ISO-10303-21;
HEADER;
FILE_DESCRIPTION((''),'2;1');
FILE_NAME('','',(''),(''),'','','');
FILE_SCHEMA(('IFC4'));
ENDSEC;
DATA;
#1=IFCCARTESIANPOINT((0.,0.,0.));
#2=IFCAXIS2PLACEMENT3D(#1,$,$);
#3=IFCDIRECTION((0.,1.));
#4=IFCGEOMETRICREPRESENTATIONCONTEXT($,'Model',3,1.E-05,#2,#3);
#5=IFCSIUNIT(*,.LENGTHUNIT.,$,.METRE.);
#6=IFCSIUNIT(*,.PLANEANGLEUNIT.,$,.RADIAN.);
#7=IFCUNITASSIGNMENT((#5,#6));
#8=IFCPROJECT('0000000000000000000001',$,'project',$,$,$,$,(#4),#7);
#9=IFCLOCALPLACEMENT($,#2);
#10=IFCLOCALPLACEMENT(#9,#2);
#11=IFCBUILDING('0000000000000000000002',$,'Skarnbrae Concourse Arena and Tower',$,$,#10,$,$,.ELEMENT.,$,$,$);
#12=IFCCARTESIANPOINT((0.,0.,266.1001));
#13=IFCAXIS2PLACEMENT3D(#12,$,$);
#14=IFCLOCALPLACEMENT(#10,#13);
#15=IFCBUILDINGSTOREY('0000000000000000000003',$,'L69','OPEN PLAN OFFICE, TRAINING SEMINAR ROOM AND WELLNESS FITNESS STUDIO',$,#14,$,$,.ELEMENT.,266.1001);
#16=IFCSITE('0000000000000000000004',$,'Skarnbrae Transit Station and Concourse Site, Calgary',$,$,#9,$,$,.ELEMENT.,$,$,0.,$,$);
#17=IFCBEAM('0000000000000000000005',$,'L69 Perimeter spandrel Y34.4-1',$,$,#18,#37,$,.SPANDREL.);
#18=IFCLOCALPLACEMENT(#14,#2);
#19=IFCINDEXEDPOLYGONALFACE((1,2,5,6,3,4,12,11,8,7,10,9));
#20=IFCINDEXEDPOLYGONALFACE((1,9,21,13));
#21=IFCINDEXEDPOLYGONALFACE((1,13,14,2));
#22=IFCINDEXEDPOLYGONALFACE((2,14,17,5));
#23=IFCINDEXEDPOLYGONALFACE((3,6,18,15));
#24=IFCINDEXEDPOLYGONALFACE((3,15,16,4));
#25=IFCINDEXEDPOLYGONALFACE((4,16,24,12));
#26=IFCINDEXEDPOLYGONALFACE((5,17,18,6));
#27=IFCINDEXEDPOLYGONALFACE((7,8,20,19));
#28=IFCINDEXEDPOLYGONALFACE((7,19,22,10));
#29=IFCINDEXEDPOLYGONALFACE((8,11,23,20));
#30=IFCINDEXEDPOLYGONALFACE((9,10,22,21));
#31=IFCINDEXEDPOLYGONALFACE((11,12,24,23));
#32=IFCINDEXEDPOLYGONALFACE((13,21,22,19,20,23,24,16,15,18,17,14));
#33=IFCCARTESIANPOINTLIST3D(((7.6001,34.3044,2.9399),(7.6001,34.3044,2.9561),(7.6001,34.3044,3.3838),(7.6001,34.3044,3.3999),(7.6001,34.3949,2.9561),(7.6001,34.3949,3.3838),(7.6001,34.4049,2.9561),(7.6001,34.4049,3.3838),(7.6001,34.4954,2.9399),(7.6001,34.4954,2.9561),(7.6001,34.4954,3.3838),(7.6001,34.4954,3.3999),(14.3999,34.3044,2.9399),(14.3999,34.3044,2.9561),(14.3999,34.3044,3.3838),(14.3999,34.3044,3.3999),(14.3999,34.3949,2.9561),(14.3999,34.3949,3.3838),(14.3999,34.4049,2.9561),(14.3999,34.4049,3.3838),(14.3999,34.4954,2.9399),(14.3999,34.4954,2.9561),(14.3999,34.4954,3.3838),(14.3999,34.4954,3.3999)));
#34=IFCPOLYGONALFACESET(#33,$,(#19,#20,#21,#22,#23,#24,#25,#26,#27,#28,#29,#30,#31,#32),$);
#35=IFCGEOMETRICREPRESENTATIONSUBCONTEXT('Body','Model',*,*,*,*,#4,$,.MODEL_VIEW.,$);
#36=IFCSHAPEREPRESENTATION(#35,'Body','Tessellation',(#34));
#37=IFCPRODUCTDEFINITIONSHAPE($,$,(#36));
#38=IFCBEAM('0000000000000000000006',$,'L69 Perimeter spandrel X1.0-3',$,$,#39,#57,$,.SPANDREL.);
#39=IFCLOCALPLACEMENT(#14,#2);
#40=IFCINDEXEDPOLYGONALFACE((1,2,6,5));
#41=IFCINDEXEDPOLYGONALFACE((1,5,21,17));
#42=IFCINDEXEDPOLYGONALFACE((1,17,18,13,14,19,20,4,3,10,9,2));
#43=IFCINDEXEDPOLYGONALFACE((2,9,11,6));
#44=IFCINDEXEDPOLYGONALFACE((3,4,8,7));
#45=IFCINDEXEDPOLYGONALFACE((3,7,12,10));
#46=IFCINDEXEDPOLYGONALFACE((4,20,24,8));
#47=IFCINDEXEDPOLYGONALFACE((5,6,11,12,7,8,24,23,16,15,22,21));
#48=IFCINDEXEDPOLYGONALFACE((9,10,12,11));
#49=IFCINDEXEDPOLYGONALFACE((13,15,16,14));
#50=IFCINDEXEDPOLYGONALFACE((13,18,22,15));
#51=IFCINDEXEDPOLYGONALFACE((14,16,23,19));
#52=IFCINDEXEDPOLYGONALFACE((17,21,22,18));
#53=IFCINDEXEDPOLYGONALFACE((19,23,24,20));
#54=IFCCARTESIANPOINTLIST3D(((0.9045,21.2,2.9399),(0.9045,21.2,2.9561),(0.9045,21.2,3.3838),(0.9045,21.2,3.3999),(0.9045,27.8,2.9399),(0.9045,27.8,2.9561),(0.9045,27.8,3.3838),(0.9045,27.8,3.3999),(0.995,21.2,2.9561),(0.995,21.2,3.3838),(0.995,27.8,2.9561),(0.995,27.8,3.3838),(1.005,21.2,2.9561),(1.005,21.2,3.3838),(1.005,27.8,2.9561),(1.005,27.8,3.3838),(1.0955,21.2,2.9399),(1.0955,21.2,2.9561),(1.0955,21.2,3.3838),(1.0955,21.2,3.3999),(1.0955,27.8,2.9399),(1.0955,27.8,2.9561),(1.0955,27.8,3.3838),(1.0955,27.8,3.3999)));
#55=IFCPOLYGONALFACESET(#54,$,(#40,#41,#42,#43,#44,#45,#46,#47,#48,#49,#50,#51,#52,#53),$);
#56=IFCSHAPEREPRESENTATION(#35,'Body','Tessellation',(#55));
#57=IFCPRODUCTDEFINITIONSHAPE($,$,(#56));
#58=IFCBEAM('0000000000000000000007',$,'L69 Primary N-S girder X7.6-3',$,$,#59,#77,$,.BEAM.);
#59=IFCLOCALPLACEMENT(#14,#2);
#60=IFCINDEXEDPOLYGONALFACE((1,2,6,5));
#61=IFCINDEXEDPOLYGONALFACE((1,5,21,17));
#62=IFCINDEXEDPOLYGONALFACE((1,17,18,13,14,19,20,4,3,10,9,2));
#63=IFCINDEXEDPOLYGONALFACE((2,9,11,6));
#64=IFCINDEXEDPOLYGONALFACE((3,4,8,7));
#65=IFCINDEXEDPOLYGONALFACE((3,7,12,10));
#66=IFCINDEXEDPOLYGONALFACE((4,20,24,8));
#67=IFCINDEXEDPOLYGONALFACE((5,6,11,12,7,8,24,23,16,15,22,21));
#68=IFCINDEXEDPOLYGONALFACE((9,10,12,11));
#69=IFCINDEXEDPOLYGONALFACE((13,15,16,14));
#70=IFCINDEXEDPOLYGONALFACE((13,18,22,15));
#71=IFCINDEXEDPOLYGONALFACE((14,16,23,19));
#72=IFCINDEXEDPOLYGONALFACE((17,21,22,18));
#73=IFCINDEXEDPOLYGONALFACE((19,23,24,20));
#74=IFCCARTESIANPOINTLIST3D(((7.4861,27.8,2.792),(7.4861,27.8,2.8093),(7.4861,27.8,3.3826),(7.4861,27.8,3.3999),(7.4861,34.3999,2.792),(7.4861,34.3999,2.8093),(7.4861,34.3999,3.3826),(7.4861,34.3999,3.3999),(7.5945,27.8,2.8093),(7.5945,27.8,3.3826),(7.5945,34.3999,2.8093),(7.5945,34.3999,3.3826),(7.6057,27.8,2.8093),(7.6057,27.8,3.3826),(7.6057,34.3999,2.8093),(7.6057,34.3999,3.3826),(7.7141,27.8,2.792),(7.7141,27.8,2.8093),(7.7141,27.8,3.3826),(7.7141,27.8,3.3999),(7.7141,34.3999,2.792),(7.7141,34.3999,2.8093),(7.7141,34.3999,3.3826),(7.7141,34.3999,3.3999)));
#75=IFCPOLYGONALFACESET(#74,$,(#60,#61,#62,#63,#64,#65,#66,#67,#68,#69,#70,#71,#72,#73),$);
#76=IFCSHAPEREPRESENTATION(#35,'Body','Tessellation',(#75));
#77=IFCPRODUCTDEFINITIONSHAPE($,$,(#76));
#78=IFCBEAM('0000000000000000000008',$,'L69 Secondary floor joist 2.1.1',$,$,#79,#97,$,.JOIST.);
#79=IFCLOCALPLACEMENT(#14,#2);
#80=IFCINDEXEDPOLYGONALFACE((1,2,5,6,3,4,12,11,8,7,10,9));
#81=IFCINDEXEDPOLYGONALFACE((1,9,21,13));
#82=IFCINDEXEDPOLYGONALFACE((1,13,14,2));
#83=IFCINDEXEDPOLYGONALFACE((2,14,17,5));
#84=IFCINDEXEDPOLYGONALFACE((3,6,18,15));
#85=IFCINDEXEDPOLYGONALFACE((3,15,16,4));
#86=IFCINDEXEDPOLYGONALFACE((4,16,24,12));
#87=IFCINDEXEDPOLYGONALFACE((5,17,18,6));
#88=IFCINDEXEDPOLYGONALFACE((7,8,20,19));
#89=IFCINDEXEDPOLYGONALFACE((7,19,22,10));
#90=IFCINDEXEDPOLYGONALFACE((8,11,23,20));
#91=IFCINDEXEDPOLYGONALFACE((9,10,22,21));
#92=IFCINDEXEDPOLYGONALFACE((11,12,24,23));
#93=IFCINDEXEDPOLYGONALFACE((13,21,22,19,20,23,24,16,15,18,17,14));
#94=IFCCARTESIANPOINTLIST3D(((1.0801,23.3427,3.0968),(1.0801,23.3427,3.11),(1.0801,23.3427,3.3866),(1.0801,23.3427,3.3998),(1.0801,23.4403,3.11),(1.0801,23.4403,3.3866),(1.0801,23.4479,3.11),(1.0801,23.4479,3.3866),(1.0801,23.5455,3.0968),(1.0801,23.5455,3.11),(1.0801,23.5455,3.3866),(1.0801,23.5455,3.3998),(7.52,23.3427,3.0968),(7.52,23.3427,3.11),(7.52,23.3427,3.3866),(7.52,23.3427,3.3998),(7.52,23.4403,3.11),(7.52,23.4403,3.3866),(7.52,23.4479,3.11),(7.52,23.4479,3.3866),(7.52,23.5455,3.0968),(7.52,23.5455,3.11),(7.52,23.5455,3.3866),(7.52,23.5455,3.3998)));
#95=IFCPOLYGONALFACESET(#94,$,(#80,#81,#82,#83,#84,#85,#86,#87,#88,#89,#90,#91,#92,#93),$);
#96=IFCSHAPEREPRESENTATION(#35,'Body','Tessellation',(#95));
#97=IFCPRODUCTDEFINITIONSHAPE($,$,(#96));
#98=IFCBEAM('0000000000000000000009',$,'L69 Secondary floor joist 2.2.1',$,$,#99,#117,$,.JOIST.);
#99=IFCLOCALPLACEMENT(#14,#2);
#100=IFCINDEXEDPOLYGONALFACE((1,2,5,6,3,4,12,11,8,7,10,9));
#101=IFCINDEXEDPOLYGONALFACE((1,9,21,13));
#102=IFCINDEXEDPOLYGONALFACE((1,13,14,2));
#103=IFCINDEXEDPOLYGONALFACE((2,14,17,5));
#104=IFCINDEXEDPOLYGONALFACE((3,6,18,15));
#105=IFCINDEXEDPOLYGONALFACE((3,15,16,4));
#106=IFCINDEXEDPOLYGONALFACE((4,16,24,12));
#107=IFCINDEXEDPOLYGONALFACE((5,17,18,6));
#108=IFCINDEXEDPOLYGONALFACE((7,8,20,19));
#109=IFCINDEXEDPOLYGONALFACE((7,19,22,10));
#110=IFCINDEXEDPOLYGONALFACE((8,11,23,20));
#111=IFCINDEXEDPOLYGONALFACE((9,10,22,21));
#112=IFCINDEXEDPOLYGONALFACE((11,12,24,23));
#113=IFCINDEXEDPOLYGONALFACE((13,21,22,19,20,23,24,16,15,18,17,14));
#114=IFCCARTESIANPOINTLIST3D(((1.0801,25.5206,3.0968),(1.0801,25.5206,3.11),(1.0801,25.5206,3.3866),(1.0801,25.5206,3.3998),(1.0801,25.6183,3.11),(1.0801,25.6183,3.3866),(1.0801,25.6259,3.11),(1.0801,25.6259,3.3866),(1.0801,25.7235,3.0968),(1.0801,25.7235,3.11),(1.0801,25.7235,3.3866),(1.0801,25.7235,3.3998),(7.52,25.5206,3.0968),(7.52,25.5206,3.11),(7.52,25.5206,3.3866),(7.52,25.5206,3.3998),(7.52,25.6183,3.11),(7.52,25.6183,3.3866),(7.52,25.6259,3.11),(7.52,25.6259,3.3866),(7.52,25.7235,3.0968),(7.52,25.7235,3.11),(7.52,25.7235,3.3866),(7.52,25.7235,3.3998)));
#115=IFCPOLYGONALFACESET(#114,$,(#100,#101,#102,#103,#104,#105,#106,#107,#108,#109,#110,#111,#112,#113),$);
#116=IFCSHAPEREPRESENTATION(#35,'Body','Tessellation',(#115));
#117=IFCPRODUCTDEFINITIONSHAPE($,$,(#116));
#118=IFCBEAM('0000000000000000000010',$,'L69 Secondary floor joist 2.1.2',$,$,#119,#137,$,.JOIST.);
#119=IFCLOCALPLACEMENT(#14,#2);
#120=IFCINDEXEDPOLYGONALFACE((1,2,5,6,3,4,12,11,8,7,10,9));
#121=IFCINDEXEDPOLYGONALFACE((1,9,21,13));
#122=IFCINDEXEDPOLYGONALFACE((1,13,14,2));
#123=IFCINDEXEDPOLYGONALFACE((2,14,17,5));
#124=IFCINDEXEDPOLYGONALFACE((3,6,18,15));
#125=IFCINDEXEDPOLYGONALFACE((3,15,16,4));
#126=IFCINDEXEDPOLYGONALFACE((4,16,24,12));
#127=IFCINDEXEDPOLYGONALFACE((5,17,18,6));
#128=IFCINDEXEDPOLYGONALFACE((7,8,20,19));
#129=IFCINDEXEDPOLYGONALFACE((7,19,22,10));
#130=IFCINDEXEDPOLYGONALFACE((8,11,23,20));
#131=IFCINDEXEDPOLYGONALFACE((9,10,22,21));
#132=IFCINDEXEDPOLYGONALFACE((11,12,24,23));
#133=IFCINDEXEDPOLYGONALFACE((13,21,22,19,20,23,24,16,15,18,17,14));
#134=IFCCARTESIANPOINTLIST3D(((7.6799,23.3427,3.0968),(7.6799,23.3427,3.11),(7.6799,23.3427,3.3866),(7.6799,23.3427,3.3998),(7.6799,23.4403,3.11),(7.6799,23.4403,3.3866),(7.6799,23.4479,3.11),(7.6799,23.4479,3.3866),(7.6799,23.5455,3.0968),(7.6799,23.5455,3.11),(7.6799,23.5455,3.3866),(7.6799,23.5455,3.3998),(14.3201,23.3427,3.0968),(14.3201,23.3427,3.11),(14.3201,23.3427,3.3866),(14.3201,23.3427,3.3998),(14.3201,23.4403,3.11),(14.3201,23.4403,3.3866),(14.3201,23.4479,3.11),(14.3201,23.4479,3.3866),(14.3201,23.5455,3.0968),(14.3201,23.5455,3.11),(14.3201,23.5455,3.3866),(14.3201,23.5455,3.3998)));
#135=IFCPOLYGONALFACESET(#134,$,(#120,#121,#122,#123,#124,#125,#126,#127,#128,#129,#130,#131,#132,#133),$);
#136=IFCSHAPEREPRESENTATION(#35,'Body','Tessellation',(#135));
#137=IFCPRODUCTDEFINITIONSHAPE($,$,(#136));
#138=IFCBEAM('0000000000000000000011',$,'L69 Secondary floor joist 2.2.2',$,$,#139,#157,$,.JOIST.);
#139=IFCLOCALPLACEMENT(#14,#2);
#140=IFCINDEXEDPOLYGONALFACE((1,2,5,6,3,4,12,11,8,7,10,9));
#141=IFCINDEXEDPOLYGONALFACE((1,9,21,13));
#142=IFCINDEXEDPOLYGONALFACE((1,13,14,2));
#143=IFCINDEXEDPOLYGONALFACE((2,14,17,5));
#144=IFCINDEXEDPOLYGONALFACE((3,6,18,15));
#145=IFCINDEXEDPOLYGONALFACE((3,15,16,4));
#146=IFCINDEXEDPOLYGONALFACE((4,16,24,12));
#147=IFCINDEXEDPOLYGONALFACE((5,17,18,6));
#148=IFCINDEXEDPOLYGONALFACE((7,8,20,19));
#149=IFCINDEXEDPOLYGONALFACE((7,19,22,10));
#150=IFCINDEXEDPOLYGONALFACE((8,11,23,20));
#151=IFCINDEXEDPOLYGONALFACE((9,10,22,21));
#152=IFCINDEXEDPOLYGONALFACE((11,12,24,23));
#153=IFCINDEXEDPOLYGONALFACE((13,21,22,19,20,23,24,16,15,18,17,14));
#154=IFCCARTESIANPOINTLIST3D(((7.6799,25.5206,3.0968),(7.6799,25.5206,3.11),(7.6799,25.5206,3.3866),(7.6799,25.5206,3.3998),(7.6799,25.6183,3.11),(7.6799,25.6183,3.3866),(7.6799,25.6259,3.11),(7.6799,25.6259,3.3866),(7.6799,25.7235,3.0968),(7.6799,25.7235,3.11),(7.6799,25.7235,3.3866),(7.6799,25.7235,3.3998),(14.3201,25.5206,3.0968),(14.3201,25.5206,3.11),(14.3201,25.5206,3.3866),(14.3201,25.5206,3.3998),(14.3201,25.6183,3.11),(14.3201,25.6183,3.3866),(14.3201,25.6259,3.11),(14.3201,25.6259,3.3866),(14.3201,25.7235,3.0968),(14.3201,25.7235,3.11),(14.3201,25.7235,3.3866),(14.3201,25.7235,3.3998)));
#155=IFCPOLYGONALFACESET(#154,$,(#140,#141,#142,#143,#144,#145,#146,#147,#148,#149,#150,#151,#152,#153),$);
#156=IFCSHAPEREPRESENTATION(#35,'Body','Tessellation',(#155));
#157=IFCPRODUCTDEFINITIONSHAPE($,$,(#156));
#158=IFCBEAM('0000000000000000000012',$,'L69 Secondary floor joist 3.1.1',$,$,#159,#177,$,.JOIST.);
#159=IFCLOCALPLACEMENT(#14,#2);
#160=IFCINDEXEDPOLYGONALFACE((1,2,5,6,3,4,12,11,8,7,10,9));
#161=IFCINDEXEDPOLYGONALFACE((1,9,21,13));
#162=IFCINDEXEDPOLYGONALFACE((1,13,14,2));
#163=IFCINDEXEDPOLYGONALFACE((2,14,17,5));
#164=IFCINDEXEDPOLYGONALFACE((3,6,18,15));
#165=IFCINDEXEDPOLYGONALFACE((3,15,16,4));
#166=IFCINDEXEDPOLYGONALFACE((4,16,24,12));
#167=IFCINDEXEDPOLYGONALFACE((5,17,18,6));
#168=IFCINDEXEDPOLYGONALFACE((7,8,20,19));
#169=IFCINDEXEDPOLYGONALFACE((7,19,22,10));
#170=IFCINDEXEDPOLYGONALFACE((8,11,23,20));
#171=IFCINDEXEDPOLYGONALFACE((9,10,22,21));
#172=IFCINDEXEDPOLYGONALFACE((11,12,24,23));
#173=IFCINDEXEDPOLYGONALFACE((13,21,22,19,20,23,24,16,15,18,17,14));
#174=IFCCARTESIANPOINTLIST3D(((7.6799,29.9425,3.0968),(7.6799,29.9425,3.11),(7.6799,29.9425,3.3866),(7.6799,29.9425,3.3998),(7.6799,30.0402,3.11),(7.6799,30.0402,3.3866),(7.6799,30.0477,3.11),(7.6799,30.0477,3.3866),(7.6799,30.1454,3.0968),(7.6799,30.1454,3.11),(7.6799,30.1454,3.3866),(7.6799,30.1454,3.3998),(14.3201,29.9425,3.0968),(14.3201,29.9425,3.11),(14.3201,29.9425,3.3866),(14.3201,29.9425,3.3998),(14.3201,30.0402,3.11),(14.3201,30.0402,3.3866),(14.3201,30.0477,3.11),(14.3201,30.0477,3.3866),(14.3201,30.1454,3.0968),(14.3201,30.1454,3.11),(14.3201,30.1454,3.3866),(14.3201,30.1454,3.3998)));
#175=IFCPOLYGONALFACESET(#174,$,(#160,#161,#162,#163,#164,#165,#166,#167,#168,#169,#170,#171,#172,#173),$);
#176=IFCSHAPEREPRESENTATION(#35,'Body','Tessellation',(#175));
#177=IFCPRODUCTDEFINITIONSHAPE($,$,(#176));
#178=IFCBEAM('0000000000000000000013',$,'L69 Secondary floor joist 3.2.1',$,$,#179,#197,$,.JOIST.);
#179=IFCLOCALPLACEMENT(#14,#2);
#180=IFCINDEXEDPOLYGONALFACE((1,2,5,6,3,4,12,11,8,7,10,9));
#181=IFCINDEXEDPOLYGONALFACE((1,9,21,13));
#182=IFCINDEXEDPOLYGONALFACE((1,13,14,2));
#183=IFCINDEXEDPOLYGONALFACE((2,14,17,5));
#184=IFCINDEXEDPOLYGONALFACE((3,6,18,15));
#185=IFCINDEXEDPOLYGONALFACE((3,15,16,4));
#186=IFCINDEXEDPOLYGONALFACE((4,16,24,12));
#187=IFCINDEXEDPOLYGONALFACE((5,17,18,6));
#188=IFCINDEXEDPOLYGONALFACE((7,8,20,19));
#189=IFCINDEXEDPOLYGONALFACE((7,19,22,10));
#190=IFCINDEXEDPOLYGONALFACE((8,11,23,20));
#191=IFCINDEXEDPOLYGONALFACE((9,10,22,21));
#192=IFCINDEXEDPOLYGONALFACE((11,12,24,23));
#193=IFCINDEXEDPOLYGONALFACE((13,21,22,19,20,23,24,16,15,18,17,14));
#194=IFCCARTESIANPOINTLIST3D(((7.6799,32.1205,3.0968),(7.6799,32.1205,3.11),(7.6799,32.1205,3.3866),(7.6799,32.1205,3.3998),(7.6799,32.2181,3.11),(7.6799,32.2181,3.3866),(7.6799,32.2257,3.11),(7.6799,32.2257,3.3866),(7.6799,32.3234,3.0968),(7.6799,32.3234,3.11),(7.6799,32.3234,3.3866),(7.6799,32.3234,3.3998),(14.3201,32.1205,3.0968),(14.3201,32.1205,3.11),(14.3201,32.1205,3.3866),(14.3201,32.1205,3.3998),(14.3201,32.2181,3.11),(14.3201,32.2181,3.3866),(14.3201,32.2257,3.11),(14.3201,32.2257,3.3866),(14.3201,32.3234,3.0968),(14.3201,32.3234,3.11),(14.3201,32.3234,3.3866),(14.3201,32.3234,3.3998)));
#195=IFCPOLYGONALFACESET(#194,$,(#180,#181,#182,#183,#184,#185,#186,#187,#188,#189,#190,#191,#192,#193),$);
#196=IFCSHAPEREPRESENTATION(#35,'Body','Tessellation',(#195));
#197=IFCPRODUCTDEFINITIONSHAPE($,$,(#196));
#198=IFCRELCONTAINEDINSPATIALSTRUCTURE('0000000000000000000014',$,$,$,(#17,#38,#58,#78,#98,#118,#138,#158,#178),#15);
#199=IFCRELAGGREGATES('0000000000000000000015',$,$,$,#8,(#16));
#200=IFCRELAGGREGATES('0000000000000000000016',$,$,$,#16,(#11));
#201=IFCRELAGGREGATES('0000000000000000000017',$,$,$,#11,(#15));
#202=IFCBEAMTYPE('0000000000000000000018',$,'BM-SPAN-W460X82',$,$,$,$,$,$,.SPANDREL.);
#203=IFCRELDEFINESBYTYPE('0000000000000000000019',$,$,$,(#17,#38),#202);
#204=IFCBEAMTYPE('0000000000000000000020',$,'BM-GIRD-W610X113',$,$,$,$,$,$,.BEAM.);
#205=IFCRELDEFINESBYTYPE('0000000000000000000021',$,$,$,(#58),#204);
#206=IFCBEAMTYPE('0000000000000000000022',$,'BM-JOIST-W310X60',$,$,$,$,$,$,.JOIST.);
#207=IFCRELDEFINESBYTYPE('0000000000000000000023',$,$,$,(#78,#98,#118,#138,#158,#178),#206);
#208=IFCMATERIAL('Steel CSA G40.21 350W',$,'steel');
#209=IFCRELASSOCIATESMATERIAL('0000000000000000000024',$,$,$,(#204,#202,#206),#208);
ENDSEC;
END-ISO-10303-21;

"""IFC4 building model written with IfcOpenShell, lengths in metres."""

from ifc_helpers import new_model, si_unit, direction, frame, origin, origin_2d, place, context, subcontext, project, spatial, i_section, extrude, source, transform, mapped, material, material_profile, profile_set, type_object, element, save


model = new_model("IFC4")

# Units and contexts
model_context = context("Model", 3, precision=1e-05, world=origin(), true_north=direction((0.0, 1.0)))
body_context = subcontext(model_context, "Body", "Model", "MODEL_VIEW")
ifc_project = project(units=[si_unit("LENGTHUNIT", "METRE"), si_unit("PLANEANGLEUNIT", "RADIAN")], contexts=[model_context])

# Site, building, storey
site_placement = place(None, origin())
site = spatial("IfcSite", under=ifc_project, at=site_placement, Name="Skarnbrae Transit Station and Concourse Site, Calgary", CompositionType="ELEMENT", RefElevation=0.0)
building_placement = place(site_placement, origin())
building = spatial("IfcBuilding", under=site, at=building_placement, Name="Skarnbrae Concourse Arena and Tower", CompositionType="ELEMENT")
storey_placement = place(building_placement, frame((0.0, 0.0, 266.1001)))
storey = spatial("IfcBuildingStorey", under=building, at=storey_placement, Name="L69", Description="OPEN PLAN OFFICE, TRAINING SEMINAR ROOM AND WELLNESS FITNESS STUDIO", CompositionType="ELEMENT", Elevation=266.1001)

# Shared definitions
ifc_material_1 = material(Name="Steel CSA G40.21 350W", Category="steel")

# Beams
ifc_material_profile_1 = material_profile(ifc_material_1, i_section(OverallWidth=0.228, OverallDepth=0.6079, WebThickness=0.0112, FlangeThickness=0.0173, at=origin_2d()), Name="W610X113")
ifc_profile_set_1 = profile_set([ifc_material_profile_1], Name="Steel CSA G40.21 350W")
beam_type_1 = type_object("IfcBeamType", Name="BM-GIRD-W610X113", PredefinedType="BEAM", material=ifc_profile_set_1)
ifc_material_profile_2 = material_profile(ifc_material_1, i_section(OverallWidth=0.1909, OverallDepth=0.46, WebThickness=0.01, FlangeThickness=0.0161, at=origin_2d()), Name="W460X82")
ifc_profile_set_2 = profile_set([ifc_material_profile_2], Name="Steel CSA G40.21 350W")
beam_type_2 = type_object("IfcBeamType", Name="BM-SPAN-W460X82", PredefinedType="SPANDREL", material=ifc_profile_set_2)
shared_shape_1 = source(origin(), body_context, "Body", "SweptSolid", [
    extrude(i_section(OverallWidth=0.1909, OverallDepth=0.46, WebThickness=0.01, FlangeThickness=0.0161, at=origin_2d()), origin(), (0.0, 0.0, 1.0), 6.7998),
])
beam_1_placement = place(storey_placement, frame((7.6001, 34.3999, 3.1699), z_axis=(1.0, 0.0, 0.0), x_axis=(0.0, 1.0, 0.0)))
element("IfcBeam", 1, at=beam_1_placement, inside=storey, type_object=beam_type_2, Name="L69 Perimeter spandrel Y34.4-1", PredefinedType="SPANDREL", context=body_context, shape_type="MappedRepresentation", body=[
    mapped(shared_shape_1, transform((0.0, 0.0, 0.0))),
])
shared_shape_2 = source(origin(), body_context, "Body", "SweptSolid", [
    extrude(i_section(OverallWidth=0.1909, OverallDepth=0.46, WebThickness=0.01, FlangeThickness=0.0161, at=origin_2d()), origin(), (0.0, 0.0, 1.0), 6.6001),
])
beam_2_placement = place(storey_placement, frame((1.0, 21.2, 3.1699), z_axis=(0.0, 1.0, 0.0), x_axis=(-1.0, 0.0, 0.0)))
element("IfcBeam", 2, at=beam_2_placement, inside=storey, type_object=beam_type_2, Name="L69 Perimeter spandrel X1.0-3", PredefinedType="SPANDREL", context=body_context, shape_type="MappedRepresentation", body=[
    mapped(shared_shape_2, transform((0.0, 0.0, 0.0))),
])
shared_shape_3 = source(origin(), body_context, "Body", "SweptSolid", [
    extrude(i_section(OverallWidth=0.228, OverallDepth=0.6079, WebThickness=0.0112, FlangeThickness=0.0173, at=origin_2d()), origin(), (0.0, 0.0, 1.0), 6.5999),
])
beam_3_placement = place(storey_placement, frame((7.6001, 27.8, 3.0959), z_axis=(0.0, 1.0, 0.0), x_axis=(-1.0, 0.0, 0.0)))
element("IfcBeam", 3, at=beam_3_placement, inside=storey, type_object=beam_type_1, Name="L69 Primary N-S girder X7.6-3", PredefinedType="BEAM", context=body_context, shape_type="MappedRepresentation", body=[
    mapped(shared_shape_3, transform((0.0, 0.0, 0.0))),
])
ifc_material_profile_3 = material_profile(ifc_material_1, i_section(OverallWidth=0.2029, OverallDepth=0.303, WebThickness=0.0076, FlangeThickness=0.0132, at=origin_2d()), Name="W310X60")
ifc_profile_set_3 = profile_set([ifc_material_profile_3], Name="Steel CSA G40.21 350W")
beam_type_3 = type_object("IfcBeamType", Name="BM-JOIST-W310X60", PredefinedType="JOIST", material=ifc_profile_set_3)
shared_shape_4 = source(origin(), body_context, "Body", "SweptSolid", [
    extrude(i_section(OverallWidth=0.2029, OverallDepth=0.303, WebThickness=0.0076, FlangeThickness=0.0132, at=origin_2d()), origin(), (0.0, 0.0, 1.0), 6.4399),
])
for number, where, z_axis, x_axis, name in (
    (4, (1.0801, 23.4441, 3.2483), (1.0, 0.0, 0.0), (0.0, 1.0, 0.0), "L69 Secondary floor joist 2.1.1"),
    (5, (1.0801, 25.6221, 3.2483), (1.0, 0.0, 0.0), (0.0, 1.0, 0.0), "L69 Secondary floor joist 2.2.1"),
):
    element("IfcBeam", number, at=place(storey_placement, frame(where, z_axis=z_axis, x_axis=x_axis)), inside=storey, type_object=beam_type_3, Name=name, PredefinedType="JOIST", context=body_context, shape_type="MappedRepresentation", body=[
        mapped(shared_shape_4, transform((0.0, 0.0, 0.0))),
    ])
shared_shape_5 = source(origin(), body_context, "Body", "SweptSolid", [
    extrude(i_section(OverallWidth=0.2029, OverallDepth=0.303, WebThickness=0.0076, FlangeThickness=0.0132, at=origin_2d()), origin(), (0.0, 0.0, 1.0), 6.6401),
])
for number, where, z_axis, x_axis, name in (
    (6, (7.6799, 23.4441, 3.2483), (1.0, 0.0, 0.0), (0.0, 1.0, 0.0), "L69 Secondary floor joist 2.1.2"),
    (7, (7.6799, 25.6221, 3.2483), (1.0, 0.0, 0.0), (0.0, 1.0, 0.0), "L69 Secondary floor joist 2.2.2"),
    (8, (7.6799, 30.0439, 3.2483), (1.0, 0.0, 0.0), (0.0, 1.0, 0.0), "L69 Secondary floor joist 3.1.1"),
    (9, (7.6799, 32.2219, 3.2483), (1.0, 0.0, 0.0), (0.0, 1.0, 0.0), "L69 Secondary floor joist 3.2.1"),
):
    element("IfcBeam", number, at=place(storey_placement, frame(where, z_axis=z_axis, x_axis=x_axis)), inside=storey, type_object=beam_type_3, Name=name, PredefinedType="JOIST", context=body_context, shape_type="MappedRepresentation", body=[
        mapped(shared_shape_5, transform((0.0, 0.0, 0.0))),
    ])

save(model, "model.ifc")
